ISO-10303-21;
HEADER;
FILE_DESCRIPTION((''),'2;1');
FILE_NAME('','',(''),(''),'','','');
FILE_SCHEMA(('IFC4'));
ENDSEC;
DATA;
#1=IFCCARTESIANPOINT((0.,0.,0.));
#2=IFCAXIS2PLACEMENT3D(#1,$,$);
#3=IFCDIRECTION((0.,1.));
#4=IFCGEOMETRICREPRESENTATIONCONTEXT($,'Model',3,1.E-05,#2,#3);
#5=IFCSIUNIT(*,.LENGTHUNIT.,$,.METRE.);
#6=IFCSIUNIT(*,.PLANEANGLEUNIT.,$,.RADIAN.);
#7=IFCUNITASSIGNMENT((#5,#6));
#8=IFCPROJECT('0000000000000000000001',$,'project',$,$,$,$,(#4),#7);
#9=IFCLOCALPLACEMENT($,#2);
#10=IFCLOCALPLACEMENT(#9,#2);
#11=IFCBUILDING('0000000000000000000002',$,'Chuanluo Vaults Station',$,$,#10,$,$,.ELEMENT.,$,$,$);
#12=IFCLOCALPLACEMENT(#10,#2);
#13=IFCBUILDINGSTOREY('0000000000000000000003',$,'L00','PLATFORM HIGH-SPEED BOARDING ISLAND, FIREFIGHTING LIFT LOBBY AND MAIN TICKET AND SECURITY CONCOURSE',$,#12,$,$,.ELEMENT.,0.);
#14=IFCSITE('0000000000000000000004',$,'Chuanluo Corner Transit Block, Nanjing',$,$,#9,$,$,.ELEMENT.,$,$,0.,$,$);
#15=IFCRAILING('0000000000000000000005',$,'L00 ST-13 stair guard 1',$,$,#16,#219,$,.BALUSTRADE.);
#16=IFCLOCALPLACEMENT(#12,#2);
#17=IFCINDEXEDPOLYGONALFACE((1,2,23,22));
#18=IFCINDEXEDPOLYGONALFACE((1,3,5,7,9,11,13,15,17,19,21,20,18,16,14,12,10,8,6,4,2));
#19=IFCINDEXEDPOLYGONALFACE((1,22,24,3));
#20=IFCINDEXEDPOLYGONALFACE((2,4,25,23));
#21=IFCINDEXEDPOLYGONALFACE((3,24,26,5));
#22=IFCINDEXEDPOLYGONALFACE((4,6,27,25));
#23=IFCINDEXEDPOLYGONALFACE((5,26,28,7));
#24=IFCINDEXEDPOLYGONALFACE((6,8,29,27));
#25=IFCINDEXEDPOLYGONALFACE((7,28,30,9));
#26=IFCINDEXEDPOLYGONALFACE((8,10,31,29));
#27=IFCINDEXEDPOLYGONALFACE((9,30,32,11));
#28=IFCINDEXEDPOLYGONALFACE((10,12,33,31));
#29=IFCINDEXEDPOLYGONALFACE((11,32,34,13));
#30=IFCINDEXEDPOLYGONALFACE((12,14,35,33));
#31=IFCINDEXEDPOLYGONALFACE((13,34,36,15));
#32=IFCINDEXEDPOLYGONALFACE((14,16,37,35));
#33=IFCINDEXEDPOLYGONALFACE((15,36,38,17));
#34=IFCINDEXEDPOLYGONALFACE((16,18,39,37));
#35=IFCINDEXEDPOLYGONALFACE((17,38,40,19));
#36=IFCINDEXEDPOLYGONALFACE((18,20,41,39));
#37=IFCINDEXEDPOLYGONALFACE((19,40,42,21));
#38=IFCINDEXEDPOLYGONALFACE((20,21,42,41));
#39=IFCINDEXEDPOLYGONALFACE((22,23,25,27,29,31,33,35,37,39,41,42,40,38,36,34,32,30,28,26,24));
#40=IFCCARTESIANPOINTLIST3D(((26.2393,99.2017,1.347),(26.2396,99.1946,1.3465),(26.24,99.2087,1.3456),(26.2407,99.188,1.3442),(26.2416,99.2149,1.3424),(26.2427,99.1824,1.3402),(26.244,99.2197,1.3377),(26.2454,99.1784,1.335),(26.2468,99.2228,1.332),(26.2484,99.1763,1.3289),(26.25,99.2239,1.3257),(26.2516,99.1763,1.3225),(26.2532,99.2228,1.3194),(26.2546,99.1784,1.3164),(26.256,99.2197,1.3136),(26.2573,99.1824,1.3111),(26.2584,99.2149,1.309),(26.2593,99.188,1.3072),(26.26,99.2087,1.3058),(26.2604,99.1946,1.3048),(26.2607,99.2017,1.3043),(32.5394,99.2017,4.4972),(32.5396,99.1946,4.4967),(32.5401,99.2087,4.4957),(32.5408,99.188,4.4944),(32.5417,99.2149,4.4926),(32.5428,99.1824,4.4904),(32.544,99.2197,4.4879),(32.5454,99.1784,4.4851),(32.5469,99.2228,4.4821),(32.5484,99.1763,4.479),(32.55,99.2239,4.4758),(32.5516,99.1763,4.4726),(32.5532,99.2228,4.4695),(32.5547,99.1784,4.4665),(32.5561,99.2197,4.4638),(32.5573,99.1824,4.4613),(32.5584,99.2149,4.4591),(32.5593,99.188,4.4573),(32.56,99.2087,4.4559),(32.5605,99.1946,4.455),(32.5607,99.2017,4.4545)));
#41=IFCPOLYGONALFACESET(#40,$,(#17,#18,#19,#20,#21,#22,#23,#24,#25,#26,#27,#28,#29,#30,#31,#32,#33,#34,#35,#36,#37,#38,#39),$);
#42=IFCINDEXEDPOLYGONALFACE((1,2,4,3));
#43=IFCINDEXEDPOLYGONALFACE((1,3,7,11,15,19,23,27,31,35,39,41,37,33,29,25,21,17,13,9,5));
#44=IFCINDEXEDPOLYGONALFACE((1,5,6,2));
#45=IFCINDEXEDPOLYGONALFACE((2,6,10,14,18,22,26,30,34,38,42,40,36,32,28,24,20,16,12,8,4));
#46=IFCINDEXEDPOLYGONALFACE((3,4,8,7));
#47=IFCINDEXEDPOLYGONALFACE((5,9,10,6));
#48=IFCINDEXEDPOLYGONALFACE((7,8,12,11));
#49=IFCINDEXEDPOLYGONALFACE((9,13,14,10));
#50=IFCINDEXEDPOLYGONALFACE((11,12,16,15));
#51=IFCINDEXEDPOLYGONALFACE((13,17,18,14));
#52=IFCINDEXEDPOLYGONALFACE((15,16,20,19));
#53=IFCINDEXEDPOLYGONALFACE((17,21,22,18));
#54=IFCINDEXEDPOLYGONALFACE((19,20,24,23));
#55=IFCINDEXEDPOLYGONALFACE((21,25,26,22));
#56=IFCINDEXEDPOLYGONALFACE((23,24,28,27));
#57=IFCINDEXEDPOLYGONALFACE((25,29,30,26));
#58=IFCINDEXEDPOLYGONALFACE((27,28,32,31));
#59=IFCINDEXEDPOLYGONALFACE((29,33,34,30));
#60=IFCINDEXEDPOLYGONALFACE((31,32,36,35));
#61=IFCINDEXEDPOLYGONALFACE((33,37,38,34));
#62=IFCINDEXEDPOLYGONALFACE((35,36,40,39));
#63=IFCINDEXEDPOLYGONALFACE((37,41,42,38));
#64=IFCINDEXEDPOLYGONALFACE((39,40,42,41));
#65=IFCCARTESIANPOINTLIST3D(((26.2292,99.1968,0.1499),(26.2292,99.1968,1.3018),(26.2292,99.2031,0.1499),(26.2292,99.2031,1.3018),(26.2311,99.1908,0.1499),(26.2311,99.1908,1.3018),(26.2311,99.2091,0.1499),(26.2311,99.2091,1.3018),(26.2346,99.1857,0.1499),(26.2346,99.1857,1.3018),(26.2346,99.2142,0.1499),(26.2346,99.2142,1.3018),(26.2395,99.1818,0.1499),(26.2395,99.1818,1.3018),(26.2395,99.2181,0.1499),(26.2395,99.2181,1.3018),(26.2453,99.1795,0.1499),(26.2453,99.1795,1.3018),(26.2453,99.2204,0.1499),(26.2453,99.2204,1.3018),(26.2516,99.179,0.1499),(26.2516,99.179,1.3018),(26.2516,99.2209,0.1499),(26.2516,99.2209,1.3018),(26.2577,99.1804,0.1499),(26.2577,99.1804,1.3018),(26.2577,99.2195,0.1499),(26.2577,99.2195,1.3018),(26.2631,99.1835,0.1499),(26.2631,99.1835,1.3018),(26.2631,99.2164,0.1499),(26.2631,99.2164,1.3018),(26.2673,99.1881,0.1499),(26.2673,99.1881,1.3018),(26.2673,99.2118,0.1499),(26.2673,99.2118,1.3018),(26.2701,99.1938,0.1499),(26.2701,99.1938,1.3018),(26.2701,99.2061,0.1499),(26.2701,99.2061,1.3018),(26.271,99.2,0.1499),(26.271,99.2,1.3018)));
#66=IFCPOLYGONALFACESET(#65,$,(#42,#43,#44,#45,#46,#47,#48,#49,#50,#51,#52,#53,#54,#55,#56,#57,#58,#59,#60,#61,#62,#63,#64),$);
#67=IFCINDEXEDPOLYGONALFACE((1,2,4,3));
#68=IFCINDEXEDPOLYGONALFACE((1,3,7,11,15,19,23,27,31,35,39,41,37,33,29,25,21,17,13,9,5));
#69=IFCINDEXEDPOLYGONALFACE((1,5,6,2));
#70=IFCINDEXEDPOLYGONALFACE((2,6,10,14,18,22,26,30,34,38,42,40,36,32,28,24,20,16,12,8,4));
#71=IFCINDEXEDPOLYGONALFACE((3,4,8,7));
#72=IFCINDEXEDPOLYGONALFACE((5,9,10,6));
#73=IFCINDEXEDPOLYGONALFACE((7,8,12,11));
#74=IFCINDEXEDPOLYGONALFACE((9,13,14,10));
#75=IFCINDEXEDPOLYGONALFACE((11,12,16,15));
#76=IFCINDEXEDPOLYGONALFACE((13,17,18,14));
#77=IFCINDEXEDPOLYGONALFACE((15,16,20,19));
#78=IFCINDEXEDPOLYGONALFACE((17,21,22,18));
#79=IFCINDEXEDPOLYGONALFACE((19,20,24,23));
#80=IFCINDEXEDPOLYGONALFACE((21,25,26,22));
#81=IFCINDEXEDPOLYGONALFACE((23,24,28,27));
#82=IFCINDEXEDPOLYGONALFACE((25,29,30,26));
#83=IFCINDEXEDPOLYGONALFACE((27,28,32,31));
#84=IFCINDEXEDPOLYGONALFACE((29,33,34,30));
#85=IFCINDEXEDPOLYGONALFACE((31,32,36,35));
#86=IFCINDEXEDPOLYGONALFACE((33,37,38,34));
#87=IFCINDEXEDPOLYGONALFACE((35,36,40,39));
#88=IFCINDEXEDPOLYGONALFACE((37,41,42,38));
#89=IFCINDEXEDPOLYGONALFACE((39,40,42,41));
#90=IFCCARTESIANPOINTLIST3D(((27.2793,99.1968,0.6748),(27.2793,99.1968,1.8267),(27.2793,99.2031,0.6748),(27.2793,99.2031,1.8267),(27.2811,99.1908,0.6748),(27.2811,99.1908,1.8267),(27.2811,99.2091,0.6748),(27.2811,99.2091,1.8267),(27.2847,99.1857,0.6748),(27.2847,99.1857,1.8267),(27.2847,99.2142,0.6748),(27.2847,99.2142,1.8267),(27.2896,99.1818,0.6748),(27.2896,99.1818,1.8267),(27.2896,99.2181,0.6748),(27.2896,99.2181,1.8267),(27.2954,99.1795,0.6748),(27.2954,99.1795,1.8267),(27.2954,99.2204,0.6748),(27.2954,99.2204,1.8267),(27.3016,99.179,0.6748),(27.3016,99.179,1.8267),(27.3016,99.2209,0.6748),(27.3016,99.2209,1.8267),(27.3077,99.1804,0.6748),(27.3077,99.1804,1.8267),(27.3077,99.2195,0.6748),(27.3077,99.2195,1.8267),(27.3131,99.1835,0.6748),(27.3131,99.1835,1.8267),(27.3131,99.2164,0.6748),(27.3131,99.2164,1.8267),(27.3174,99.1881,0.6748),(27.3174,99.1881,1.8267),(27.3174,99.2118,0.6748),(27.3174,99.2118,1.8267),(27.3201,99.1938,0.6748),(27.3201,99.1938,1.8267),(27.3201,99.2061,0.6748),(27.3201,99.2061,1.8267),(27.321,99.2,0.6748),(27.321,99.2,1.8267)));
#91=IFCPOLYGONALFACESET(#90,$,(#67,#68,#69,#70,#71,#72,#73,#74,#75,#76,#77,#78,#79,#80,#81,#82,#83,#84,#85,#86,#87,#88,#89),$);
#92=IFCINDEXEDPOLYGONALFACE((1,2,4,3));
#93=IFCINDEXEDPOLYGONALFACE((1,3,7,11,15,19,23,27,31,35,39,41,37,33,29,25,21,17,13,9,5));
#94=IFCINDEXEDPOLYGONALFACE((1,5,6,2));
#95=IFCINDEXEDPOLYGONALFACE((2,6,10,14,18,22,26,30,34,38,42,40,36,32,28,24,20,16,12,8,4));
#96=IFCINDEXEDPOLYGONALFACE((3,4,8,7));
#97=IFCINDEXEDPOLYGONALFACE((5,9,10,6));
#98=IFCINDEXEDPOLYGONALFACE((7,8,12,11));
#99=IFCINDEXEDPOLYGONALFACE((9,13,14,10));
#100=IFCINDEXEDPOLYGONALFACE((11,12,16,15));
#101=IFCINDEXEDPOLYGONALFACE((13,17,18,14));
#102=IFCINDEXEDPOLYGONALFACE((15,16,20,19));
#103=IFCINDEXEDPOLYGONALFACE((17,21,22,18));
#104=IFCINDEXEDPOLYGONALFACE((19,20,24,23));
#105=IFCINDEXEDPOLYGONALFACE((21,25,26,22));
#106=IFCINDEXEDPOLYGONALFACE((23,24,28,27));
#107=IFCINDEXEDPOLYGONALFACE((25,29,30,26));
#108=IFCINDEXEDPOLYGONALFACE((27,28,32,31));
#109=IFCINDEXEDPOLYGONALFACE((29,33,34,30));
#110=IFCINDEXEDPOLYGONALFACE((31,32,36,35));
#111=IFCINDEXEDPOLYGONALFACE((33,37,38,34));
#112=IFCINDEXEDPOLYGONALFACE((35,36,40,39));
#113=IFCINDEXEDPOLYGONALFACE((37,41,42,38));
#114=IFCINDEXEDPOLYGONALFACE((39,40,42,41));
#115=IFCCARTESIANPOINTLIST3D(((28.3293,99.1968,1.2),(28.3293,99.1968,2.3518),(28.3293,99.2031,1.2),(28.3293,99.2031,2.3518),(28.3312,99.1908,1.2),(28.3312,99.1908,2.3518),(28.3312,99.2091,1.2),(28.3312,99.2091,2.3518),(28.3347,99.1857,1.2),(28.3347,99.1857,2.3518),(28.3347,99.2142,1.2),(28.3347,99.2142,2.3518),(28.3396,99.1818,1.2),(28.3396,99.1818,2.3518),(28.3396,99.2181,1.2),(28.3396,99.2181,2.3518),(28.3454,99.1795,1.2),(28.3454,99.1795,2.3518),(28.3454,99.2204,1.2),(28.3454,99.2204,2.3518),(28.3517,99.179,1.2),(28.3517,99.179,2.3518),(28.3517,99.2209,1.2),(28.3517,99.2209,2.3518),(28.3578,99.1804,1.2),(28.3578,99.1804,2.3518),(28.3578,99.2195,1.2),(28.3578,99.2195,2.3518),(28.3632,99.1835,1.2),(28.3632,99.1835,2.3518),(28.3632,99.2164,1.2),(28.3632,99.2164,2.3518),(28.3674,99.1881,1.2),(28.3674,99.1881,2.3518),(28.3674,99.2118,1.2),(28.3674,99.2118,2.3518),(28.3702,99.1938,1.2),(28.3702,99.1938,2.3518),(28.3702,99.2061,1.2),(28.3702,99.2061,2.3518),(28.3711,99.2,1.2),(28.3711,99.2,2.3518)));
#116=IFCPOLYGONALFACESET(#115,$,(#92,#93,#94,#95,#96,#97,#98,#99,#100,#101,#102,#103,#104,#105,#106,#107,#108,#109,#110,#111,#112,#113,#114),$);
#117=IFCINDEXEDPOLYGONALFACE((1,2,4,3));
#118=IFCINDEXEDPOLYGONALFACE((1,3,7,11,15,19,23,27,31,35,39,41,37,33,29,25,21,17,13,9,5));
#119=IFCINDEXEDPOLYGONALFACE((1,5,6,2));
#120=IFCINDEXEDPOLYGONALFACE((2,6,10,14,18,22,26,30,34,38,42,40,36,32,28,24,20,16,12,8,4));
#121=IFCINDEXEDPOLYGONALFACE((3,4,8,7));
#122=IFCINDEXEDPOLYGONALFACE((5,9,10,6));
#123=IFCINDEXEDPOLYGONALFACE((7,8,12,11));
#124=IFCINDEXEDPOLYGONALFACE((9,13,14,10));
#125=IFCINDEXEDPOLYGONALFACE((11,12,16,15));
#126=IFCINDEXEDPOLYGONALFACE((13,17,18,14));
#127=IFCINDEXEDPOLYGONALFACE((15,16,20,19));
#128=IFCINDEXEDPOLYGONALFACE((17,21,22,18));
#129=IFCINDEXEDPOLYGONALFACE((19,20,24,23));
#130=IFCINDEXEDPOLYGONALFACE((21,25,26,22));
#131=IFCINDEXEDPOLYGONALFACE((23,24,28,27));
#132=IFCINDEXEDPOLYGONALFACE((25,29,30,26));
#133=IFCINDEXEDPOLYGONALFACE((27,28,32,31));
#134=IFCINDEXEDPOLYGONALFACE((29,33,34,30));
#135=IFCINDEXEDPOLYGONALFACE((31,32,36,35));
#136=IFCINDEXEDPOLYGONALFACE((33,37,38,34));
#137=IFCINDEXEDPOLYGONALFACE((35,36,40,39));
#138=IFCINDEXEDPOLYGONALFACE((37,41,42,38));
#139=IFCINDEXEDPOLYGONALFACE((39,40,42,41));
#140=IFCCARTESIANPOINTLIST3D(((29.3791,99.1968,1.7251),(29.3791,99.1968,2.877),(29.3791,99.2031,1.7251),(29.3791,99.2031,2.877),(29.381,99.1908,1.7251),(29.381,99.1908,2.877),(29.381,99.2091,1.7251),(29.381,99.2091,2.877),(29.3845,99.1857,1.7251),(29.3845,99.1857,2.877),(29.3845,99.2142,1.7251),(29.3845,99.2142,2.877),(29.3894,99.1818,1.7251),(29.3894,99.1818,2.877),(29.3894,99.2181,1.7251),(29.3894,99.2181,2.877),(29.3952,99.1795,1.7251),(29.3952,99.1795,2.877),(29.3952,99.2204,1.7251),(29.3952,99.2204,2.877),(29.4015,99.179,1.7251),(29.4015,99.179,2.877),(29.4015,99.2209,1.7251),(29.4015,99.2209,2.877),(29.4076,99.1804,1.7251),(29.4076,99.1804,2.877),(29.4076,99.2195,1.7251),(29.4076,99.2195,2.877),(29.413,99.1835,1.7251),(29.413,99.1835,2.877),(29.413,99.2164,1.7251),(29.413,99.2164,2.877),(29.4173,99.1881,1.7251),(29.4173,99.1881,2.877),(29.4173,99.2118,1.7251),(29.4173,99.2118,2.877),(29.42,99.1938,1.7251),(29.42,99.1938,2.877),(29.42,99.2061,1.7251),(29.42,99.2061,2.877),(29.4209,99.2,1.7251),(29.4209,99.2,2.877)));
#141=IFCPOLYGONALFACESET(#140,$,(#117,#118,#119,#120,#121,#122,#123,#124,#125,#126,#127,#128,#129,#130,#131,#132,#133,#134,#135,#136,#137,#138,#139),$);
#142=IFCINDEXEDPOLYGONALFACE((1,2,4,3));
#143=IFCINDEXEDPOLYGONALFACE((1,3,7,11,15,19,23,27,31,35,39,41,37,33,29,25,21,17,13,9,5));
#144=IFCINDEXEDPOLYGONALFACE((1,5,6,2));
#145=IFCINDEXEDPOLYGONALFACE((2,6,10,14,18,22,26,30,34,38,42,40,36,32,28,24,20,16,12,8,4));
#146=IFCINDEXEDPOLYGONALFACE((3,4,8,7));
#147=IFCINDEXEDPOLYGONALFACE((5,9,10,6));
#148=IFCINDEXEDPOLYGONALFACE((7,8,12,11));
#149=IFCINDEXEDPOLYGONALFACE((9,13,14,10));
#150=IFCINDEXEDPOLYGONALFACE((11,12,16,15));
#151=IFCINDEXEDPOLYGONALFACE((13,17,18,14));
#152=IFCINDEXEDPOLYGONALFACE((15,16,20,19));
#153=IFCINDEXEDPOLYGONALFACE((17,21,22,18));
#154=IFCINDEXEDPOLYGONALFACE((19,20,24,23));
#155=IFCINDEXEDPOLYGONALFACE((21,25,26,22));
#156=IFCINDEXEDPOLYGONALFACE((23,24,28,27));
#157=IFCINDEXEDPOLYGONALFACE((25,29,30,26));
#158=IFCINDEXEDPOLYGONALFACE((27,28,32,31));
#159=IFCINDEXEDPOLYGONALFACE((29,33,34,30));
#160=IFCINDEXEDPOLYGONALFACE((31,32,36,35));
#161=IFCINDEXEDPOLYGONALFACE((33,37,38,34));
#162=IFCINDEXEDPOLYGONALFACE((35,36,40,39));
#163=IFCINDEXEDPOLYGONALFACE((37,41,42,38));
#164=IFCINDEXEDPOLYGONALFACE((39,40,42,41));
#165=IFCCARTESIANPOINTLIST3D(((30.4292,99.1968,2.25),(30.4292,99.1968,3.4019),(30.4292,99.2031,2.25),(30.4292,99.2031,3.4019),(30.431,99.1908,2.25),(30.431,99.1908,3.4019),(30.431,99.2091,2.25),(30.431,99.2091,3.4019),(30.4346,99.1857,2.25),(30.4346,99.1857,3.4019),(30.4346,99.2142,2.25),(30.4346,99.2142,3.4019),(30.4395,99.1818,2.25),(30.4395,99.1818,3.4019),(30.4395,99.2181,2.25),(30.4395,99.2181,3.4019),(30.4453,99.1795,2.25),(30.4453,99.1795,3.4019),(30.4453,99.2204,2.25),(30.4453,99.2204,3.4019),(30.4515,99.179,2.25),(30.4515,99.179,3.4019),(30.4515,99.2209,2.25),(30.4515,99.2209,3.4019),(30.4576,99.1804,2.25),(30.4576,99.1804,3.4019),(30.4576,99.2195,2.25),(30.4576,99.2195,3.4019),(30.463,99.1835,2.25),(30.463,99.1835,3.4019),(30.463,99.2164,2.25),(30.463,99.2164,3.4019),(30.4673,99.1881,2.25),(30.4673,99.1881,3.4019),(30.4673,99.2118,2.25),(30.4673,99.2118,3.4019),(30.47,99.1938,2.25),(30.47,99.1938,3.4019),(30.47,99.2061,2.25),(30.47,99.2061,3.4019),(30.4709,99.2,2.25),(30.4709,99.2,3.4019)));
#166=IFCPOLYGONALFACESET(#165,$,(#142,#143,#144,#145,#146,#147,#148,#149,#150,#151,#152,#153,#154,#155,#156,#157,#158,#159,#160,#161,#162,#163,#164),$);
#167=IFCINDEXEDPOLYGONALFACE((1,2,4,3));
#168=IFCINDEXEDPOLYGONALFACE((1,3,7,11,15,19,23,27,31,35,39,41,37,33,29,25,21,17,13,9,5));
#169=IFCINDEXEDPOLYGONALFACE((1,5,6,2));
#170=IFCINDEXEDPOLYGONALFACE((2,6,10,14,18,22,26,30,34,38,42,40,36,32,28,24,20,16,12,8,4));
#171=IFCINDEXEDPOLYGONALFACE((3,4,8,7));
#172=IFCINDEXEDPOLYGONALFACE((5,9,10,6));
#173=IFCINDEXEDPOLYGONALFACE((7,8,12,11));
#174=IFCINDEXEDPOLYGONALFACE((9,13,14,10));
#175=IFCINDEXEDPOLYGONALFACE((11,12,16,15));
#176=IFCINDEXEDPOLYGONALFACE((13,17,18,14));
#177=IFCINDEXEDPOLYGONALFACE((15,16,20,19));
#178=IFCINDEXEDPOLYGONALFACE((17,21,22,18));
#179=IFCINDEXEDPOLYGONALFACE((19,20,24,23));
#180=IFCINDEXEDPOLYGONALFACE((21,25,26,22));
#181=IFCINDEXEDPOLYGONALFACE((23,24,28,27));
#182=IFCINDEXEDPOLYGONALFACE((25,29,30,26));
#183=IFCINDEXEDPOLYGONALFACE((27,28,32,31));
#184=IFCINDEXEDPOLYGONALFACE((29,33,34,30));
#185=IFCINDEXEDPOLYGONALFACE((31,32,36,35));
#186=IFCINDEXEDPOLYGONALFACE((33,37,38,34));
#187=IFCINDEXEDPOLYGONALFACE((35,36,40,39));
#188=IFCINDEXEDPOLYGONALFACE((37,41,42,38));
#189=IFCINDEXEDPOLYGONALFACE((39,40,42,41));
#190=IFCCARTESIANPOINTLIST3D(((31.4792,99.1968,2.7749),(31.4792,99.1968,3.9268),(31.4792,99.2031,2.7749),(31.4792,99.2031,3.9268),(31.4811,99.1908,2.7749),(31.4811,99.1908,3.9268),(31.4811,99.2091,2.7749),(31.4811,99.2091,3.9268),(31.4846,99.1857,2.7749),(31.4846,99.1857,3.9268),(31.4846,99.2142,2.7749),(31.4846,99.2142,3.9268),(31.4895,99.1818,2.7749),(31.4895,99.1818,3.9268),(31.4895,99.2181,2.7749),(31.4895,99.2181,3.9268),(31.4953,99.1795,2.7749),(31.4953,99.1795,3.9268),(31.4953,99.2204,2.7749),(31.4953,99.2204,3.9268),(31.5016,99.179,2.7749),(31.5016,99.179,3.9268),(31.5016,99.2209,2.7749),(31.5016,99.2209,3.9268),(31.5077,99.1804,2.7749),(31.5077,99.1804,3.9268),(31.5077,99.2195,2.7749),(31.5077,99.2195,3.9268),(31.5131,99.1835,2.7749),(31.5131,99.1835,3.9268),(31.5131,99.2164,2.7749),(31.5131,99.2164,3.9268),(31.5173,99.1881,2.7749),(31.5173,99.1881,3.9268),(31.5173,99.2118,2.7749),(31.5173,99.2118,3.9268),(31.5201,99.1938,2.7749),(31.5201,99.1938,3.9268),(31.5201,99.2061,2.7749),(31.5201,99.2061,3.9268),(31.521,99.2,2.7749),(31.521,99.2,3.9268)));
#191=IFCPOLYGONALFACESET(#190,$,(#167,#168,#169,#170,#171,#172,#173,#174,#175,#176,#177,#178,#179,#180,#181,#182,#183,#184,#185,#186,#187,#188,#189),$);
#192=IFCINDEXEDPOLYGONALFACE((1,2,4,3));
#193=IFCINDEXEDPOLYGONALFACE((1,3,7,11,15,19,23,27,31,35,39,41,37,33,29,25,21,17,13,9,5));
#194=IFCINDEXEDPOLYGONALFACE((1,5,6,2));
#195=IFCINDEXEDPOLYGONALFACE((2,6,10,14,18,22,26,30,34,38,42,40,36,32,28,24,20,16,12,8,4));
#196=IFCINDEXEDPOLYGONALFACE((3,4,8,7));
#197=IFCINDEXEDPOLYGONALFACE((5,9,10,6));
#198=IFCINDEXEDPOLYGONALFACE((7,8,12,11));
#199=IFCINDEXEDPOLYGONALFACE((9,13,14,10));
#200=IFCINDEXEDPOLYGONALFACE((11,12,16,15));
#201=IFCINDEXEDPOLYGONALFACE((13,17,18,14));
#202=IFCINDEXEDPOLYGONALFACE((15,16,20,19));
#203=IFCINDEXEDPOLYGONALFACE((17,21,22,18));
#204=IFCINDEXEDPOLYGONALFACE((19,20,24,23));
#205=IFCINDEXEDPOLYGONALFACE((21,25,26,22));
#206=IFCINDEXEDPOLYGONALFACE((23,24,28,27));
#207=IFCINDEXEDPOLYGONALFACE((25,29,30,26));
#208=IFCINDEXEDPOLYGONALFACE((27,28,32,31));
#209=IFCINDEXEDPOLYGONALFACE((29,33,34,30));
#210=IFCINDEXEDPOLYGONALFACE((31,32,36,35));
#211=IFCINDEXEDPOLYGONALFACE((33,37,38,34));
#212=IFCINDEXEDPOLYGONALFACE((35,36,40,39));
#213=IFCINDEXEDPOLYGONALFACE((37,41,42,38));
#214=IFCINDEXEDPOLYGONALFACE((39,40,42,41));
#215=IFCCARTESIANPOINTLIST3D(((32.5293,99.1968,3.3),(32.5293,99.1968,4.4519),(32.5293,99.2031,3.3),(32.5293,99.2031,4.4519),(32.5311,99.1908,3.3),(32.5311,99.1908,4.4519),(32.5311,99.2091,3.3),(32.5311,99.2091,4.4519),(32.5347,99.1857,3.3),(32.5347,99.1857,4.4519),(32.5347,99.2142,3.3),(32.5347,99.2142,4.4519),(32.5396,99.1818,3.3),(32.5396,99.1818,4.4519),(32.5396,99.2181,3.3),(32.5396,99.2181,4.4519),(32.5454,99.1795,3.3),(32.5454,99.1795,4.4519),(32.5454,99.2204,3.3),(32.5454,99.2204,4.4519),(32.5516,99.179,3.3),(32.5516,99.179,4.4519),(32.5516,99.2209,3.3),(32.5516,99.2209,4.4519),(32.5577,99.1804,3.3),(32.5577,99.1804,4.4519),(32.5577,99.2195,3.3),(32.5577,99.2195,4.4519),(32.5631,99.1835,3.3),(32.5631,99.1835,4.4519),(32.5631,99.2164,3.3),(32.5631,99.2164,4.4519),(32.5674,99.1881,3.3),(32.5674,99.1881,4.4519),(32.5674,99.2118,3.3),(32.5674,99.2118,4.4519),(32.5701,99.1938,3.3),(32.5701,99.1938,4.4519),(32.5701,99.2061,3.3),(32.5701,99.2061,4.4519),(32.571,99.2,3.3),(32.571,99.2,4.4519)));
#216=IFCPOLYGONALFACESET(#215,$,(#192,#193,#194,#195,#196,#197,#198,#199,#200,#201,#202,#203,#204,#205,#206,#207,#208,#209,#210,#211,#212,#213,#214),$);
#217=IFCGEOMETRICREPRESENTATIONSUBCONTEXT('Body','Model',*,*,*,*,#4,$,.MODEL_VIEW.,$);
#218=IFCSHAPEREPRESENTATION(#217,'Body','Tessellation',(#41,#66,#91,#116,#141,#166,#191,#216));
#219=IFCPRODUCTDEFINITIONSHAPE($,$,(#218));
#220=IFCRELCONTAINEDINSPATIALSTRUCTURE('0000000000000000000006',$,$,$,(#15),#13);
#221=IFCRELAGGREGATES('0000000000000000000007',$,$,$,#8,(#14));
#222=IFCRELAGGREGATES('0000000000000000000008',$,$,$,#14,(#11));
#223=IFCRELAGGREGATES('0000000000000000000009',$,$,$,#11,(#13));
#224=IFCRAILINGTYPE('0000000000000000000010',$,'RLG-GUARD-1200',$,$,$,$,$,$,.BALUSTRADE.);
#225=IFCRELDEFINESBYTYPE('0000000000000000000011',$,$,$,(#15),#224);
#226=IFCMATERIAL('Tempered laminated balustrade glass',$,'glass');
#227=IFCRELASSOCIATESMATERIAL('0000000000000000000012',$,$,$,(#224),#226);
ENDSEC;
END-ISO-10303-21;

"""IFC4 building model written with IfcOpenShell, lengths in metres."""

from ifc_helpers import new_model, si_unit, direction, frame, origin, origin_2d, place, context, subcontext, project, spatial, circle, extrude, material, type_object, element, save


model = new_model("IFC4")

# Units and contexts
model_context = context("Model", 3, precision=1e-05, world=origin(), true_north=direction((0.0, 1.0)))
body_context = subcontext(model_context, "Body", "Model", "MODEL_VIEW")
ifc_project = project(units=[si_unit("LENGTHUNIT", "METRE"), si_unit("PLANEANGLEUNIT", "RADIAN")], contexts=[model_context])

# Site, building, storey
site_placement = place(None, origin())
site = spatial("IfcSite", under=ifc_project, at=site_placement, Name="Chuanluo Corner Transit Block, Nanjing", CompositionType="ELEMENT", RefElevation=0.0)
building_placement = place(site_placement, origin())
building = spatial("IfcBuilding", under=site, at=building_placement, Name="Chuanluo Vaults Station", CompositionType="ELEMENT")
storey_placement = place(building_placement, origin())
storey = spatial("IfcBuildingStorey", under=building, at=storey_placement, Name="L00", Description="PLATFORM HIGH-SPEED BOARDING ISLAND, FIREFIGHTING LIFT LOBBY AND MAIN TICKET AND SECURITY CONCOURSE", CompositionType="ELEMENT", Elevation=0.0)

# Railing
ifc_material_1 = material(Name="Tempered laminated balustrade glass", Category="glass")
railing_type_1 = type_object("IfcRailingType", Name="RLG-GUARD-1200", PredefinedType="BALUSTRADE", material=ifc_material_1)
railing_1_placement = place(storey_placement, frame((26.25, 99.2, 0.1499)))
element("IfcRailing", 1, at=railing_1_placement, inside=storey, type_object=railing_type_1, Name="L00 ST-13 stair guard 1", PredefinedType="BALUSTRADE", context=body_context, shape_type="SweptSolid", body=[
    extrude(circle(Radius=0.0239, at=origin_2d()), frame((0.0, 0.0, 1.1758), z_axis=(0.89442, 0.0, 0.447227), x_axis=(0.0, 1.0, 0.0)), (0.0, 0.0, 1.0), 7.0437),
    extrude(circle(Radius=0.021, at=origin_2d()), origin(), (0.0, 0.0, 1.0), 1.1519),
    extrude(circle(Radius=0.021, at=origin_2d()), frame((1.05, 0.0, 0.5249)), (0.0, 0.0, 1.0), 1.1519),
    extrude(circle(Radius=0.021, at=origin_2d()), frame((2.1001, 0.0, 1.05)), (0.0, 0.0, 1.0), 1.1519),
    extrude(circle(Radius=0.021, at=origin_2d()), frame((3.1499, 0.0, 1.5752)), (0.0, 0.0, 1.0), 1.1519),
    extrude(circle(Radius=0.021, at=origin_2d()), frame((4.2, 0.0, 2.1001)), (0.0, 0.0, 1.0), 1.1519),
    extrude(circle(Radius=0.021, at=origin_2d()), frame((5.25, 0.0, 2.625)), (0.0, 0.0, 1.0), 1.1519),
    extrude(circle(Radius=0.021, at=origin_2d()), frame((6.3, 0.0, 3.1501)), (0.0, 0.0, 1.0), 1.1519),
])

save(model, "model.ifc")
